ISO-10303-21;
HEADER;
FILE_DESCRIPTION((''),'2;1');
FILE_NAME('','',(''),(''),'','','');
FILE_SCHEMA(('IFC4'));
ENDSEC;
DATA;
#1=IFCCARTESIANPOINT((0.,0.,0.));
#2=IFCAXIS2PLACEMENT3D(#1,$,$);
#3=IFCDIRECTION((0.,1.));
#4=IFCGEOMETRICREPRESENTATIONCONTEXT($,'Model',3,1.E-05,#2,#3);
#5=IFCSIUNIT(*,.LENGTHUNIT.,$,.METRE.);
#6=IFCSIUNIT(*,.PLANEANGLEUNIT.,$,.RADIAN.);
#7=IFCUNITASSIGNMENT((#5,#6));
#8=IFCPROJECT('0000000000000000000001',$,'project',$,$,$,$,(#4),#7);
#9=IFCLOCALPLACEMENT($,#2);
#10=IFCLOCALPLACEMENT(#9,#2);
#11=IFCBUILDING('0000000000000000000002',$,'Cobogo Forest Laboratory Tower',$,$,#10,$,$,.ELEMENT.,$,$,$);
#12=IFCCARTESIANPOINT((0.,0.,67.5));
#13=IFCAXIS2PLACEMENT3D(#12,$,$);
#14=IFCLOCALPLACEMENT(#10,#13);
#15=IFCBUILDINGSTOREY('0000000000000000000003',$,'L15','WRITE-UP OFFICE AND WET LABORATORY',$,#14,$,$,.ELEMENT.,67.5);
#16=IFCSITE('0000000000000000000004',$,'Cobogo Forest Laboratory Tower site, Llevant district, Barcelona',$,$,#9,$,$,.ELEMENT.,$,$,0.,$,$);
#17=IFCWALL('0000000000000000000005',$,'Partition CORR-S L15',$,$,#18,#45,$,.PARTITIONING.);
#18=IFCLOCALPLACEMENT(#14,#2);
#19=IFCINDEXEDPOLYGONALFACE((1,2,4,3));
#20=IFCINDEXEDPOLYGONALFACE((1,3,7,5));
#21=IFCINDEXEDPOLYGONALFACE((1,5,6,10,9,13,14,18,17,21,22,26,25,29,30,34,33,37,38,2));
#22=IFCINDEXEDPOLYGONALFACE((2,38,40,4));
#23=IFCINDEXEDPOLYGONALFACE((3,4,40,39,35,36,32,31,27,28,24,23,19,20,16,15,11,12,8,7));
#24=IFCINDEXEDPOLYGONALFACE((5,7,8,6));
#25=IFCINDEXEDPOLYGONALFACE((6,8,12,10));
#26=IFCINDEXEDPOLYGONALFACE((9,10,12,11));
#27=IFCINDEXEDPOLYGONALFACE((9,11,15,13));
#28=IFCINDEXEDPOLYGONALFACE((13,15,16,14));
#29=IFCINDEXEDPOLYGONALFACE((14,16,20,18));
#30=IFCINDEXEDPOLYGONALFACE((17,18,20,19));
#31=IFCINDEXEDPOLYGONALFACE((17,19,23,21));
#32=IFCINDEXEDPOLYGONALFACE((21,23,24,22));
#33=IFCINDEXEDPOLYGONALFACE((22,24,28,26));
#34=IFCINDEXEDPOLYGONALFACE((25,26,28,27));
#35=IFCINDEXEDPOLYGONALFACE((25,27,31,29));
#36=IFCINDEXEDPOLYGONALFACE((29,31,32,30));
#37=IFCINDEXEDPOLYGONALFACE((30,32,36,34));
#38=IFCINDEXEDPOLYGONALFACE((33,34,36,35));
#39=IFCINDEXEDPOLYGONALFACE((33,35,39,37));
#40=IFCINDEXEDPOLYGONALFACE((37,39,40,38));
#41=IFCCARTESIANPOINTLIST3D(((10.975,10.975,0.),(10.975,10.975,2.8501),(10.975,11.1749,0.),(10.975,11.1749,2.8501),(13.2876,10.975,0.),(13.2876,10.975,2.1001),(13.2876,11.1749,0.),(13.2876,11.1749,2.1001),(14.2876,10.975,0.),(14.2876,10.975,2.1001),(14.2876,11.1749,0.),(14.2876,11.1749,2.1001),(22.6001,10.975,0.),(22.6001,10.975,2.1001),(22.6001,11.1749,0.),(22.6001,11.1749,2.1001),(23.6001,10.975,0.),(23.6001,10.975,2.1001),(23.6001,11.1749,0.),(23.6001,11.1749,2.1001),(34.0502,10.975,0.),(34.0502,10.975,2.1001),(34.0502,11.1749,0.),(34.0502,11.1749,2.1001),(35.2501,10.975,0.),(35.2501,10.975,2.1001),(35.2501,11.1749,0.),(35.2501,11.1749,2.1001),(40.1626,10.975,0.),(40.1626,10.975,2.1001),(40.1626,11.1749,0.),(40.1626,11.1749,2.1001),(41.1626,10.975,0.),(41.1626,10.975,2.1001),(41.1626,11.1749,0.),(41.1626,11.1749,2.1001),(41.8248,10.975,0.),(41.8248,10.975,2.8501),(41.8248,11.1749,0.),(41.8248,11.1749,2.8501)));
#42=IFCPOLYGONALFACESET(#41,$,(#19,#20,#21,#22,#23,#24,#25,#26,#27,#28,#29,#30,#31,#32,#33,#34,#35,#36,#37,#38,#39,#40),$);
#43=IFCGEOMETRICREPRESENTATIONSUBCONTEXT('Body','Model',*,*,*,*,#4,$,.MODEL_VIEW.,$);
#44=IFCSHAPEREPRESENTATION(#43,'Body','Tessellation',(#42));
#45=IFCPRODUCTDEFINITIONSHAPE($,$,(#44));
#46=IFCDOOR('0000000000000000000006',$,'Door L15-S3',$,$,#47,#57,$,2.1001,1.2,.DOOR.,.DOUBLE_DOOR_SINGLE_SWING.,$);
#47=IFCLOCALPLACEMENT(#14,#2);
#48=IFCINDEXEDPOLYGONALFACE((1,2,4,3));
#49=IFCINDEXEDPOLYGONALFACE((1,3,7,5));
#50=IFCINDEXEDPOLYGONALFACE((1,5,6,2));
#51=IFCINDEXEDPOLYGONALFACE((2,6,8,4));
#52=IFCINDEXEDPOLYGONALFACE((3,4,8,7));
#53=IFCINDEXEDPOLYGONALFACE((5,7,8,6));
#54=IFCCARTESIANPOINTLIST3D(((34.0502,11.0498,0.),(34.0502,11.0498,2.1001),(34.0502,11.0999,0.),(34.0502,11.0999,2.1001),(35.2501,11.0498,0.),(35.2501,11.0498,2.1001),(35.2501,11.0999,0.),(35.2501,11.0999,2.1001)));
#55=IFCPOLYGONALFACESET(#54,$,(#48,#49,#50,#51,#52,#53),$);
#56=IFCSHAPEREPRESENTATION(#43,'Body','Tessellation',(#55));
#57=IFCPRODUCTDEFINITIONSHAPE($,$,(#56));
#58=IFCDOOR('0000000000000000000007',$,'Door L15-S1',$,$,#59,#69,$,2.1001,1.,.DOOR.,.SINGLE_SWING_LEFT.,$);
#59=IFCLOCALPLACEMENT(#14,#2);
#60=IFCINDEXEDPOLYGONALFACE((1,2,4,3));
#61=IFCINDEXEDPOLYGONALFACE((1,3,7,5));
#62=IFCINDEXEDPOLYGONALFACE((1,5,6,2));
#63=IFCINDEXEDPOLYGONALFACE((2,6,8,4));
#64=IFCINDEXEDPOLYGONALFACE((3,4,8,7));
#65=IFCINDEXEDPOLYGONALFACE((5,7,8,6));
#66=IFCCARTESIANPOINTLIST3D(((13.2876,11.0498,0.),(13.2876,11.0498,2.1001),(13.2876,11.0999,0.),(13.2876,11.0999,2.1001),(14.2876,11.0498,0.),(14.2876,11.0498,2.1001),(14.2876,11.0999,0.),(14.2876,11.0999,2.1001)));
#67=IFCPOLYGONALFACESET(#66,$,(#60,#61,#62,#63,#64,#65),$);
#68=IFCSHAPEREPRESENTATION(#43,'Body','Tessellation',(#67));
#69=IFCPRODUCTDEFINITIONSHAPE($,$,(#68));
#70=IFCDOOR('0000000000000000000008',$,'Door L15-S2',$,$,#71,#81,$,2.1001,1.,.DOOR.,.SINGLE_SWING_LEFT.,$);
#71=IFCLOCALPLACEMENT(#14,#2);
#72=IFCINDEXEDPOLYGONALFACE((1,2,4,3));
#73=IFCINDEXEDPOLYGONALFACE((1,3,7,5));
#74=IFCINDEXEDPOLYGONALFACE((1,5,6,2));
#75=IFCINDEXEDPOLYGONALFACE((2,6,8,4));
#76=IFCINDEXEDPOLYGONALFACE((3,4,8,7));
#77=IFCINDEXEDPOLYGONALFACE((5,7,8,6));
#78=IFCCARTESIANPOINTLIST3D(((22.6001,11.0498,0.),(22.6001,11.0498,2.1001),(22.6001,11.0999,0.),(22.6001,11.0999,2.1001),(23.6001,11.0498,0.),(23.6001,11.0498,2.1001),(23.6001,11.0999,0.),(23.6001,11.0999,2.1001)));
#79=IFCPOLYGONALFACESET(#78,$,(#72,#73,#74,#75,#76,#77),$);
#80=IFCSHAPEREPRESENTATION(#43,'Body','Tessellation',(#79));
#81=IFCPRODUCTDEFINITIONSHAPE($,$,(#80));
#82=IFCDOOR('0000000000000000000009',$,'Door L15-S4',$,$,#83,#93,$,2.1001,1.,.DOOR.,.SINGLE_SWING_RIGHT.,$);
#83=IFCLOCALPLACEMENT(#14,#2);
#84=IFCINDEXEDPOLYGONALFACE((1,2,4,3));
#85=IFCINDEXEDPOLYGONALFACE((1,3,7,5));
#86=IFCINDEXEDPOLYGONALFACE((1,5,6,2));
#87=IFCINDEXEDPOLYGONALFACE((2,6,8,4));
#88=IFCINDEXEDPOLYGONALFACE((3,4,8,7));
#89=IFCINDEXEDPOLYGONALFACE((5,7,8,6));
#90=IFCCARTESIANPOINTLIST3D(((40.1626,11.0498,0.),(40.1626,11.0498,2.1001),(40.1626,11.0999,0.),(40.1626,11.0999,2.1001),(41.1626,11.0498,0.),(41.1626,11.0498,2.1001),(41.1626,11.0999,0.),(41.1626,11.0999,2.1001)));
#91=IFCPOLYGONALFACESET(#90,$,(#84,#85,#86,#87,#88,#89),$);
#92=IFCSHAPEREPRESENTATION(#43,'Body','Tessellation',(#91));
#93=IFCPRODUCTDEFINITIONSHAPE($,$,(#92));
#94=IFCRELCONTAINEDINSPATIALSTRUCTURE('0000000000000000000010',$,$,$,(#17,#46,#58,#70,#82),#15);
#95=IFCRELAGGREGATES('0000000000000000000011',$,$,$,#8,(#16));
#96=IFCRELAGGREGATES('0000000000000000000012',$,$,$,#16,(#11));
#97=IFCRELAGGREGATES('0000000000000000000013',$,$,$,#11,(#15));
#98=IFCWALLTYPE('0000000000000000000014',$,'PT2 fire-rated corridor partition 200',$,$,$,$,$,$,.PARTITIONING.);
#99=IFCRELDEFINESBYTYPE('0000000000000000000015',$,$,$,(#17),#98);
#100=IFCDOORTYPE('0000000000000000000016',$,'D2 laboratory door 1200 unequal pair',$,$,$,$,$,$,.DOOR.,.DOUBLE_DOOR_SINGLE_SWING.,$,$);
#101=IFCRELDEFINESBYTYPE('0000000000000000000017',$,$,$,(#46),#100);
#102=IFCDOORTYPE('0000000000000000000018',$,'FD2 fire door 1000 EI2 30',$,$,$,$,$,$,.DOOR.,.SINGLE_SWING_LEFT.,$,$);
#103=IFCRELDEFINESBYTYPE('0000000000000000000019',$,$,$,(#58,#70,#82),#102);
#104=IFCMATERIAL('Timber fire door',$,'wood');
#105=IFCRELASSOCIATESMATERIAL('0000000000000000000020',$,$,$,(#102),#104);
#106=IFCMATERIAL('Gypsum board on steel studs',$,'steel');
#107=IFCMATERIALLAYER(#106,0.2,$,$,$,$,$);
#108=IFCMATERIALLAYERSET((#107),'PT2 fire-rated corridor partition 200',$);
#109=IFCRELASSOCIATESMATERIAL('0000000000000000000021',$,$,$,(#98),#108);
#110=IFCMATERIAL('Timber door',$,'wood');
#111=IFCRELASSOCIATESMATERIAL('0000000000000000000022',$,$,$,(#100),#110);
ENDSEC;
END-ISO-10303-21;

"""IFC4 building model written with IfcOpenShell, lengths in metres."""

from ifc_helpers import new_model, si_unit, direction, frame, frame_2d, origin, place, context, subcontext, project, spatial, rectangle, extrude, material, layer, layer_set, type_object, element, fill, save


model = new_model("IFC4")

# Units and contexts
model_context = context("Model", 3, precision=1e-05, world=origin(), true_north=direction((0.0, 1.0)))
body_context = subcontext(model_context, "Body", "Model", "MODEL_VIEW")
ifc_project = project(units=[si_unit("LENGTHUNIT", "METRE"), si_unit("PLANEANGLEUNIT", "RADIAN")], contexts=[model_context])

# Site, building, storey
site_placement = place(None, origin())
site = spatial("IfcSite", under=ifc_project, at=site_placement, Name="Cobogo Forest Laboratory Tower site, Llevant district, Barcelona", CompositionType="ELEMENT", RefElevation=0.0)
building_placement = place(site_placement, origin())
building = spatial("IfcBuilding", under=site, at=building_placement, Name="Cobogo Forest Laboratory Tower", CompositionType="ELEMENT")
storey_placement = place(building_placement, frame((0.0, 0.0, 67.5)))
storey = spatial("IfcBuildingStorey", under=building, at=storey_placement, Name="L15", Description="WRITE-UP OFFICE AND WET LABORATORY", CompositionType="ELEMENT", Elevation=67.5)

# Shared definitions
ifc_material_1 = material(Name="Gypsum board on steel studs", Category="steel")

# Shared definitions
ifc_material_2 = material(Name="Timber fire door", Category="wood")
door_type_1 = type_object("IfcDoorType", Name="FD2 fire door 1000 EI2 30", OperationType="SINGLE_SWING_LEFT", PredefinedType="DOOR", material=ifc_material_2)

# Wall, openings, doors
ifc_layer_1 = layer(ifc_material_1, 0.2)
ifc_layer_set_1 = layer_set([ifc_layer_1], Name="PT2 fire-rated corridor partition 200")
wall_type_1 = type_object("IfcWallType", Name="PT2 fire-rated corridor partition 200", PredefinedType="PARTITIONING", material=ifc_layer_set_1)
wall_1_placement = place(storey_placement, frame((10.9751, 11.075, 0.0), z_axis=(0.0, 0.0, 1.0), x_axis=(1.0, 0.0, 0.0)))
wall_1 = element("IfcWall", 1, at=wall_1_placement, inside=storey, type_object=wall_type_1, Name="Partition CORR-S L15", PredefinedType="PARTITIONING", context=body_context, shape_type="SweptSolid", body=[
    extrude(rectangle(XDim=30.8499, YDim=0.2, at=frame_2d((15.4248, 0.0))), origin(), (0.0, 0.0, 1.0), 2.8501),
])
opening_1_placement = place(wall_1_placement, frame((2.3125, 0.0, 0.0)))
opening_1 = element("IfcOpeningElement", 2, at=opening_1_placement, cuts=wall_1, PredefinedType="OPENING", context=body_context, shape_type="SweptSolid", body=[
    extrude(rectangle(XDim=1.0, YDim=2.1001, at=frame_2d((0.5, 1.05))), frame((0.0, 0.1099, 0.0), z_axis=(0.0, -1.0, 0.0), x_axis=(1.0, 0.0, 0.0)), (0.0, 0.0, 1.0), 0.22),
])
opening_2_placement = place(wall_1_placement, frame((11.625, 0.0, 0.0)))
opening_2 = element("IfcOpeningElement", 3, at=opening_2_placement, cuts=wall_1, PredefinedType="OPENING", context=body_context, shape_type="SweptSolid", body=[
    extrude(rectangle(XDim=1.0, YDim=2.1001, at=frame_2d((0.5, 1.05))), frame((0.0, 0.1099, 0.0), z_axis=(0.0, -1.0, 0.0), x_axis=(1.0, 0.0, 0.0)), (0.0, 0.0, 1.0), 0.22),
])
opening_3_placement = place(wall_1_placement, frame((23.075, 0.0, 0.0)))
opening_3 = element("IfcOpeningElement", 4, at=opening_3_placement, cuts=wall_1, PredefinedType="OPENING", context=body_context, shape_type="SweptSolid", body=[
    extrude(rectangle(XDim=1.2, YDim=2.1001, at=frame_2d((0.6001, 1.05))), frame((0.0, 0.1099, 0.0), z_axis=(0.0, -1.0, 0.0), x_axis=(1.0, 0.0, 0.0)), (0.0, 0.0, 1.0), 0.22),
])
opening_4_placement = place(wall_1_placement, frame((29.1875, 0.0, 0.0)))
opening_4 = element("IfcOpeningElement", 5, at=opening_4_placement, cuts=wall_1, PredefinedType="OPENING", context=body_context, shape_type="SweptSolid", body=[
    extrude(rectangle(XDim=1.0, YDim=2.1001, at=frame_2d((0.5, 1.05))), frame((0.0, 0.1099, 0.0), z_axis=(0.0, -1.0, 0.0), x_axis=(1.0, 0.0, 0.0)), (0.0, 0.0, 1.0), 0.22),
])
ifc_material_3 = material(Name="Timber door", Category="wood")
door_type_2 = type_object("IfcDoorType", Name="D2 laboratory door 1200 unequal pair", OperationType="DOUBLE_DOOR_SINGLE_SWING", PredefinedType="DOOR", material=ifc_material_3)
door_1_placement = place(opening_3_placement, origin())
door_1 = element("IfcDoor", 6, at=door_1_placement, inside=storey, type_object=door_type_2, Name="Door L15-S3", OperationType="DOUBLE_DOOR_SINGLE_SWING", OverallHeight=2.1001, OverallWidth=1.2, PredefinedType="DOOR", context=body_context, shape_type="SweptSolid", body=[
    extrude(rectangle(XDim=1.2, YDim=2.1001, at=frame_2d((0.6001, 1.05))), frame((0.0, 0.0249, 0.0), z_axis=(0.0, -1.0, 0.0), x_axis=(1.0, 0.0, 0.0)), (0.0, 0.0, 1.0), 0.05),
])
fill(opening_3, door_1)
door_2_placement = place(opening_1_placement, origin())
door_2 = element("IfcDoor", 7, at=door_2_placement, inside=storey, type_object=door_type_1, Name="Door L15-S1", OperationType="SINGLE_SWING_LEFT", OverallHeight=2.1001, OverallWidth=1.0, PredefinedType="DOOR", context=body_context, shape_type="SweptSolid", body=[
    extrude(rectangle(XDim=1.0, YDim=2.1001, at=frame_2d((0.5, 1.05))), frame((0.0, 0.0249, 0.0), z_axis=(0.0, -1.0, 0.0), x_axis=(1.0, 0.0, 0.0)), (0.0, 0.0, 1.0), 0.05),
])
fill(opening_1, door_2)
door_3_placement = place(opening_2_placement, origin())
door_3 = element("IfcDoor", 8, at=door_3_placement, inside=storey, type_object=door_type_1, Name="Door L15-S2", OperationType="SINGLE_SWING_LEFT", OverallHeight=2.1001, OverallWidth=1.0, PredefinedType="DOOR", context=body_context, shape_type="SweptSolid", body=[
    extrude(rectangle(XDim=1.0, YDim=2.1001, at=frame_2d((0.5, 1.05))), frame((0.0, 0.0249, 0.0), z_axis=(0.0, -1.0, 0.0), x_axis=(1.0, 0.0, 0.0)), (0.0, 0.0, 1.0), 0.05),
])
fill(opening_2, door_3)
door_4_placement = place(opening_4_placement, origin())
door_4 = element("IfcDoor", 9, at=door_4_placement, inside=storey, type_object=door_type_1, Name="Door L15-S4", OperationType="SINGLE_SWING_RIGHT", OverallHeight=2.1001, OverallWidth=1.0, PredefinedType="DOOR", context=body_context, shape_type="SweptSolid", body=[
    extrude(rectangle(XDim=1.0, YDim=2.1001, at=frame_2d((0.5, 1.05))), frame((0.0, 0.0249, 0.0), z_axis=(0.0, -1.0, 0.0), x_axis=(1.0, 0.0, 0.0)), (0.0, 0.0, 1.0), 0.05),
])
fill(opening_4, door_4)

save(model, "model.ifc")
